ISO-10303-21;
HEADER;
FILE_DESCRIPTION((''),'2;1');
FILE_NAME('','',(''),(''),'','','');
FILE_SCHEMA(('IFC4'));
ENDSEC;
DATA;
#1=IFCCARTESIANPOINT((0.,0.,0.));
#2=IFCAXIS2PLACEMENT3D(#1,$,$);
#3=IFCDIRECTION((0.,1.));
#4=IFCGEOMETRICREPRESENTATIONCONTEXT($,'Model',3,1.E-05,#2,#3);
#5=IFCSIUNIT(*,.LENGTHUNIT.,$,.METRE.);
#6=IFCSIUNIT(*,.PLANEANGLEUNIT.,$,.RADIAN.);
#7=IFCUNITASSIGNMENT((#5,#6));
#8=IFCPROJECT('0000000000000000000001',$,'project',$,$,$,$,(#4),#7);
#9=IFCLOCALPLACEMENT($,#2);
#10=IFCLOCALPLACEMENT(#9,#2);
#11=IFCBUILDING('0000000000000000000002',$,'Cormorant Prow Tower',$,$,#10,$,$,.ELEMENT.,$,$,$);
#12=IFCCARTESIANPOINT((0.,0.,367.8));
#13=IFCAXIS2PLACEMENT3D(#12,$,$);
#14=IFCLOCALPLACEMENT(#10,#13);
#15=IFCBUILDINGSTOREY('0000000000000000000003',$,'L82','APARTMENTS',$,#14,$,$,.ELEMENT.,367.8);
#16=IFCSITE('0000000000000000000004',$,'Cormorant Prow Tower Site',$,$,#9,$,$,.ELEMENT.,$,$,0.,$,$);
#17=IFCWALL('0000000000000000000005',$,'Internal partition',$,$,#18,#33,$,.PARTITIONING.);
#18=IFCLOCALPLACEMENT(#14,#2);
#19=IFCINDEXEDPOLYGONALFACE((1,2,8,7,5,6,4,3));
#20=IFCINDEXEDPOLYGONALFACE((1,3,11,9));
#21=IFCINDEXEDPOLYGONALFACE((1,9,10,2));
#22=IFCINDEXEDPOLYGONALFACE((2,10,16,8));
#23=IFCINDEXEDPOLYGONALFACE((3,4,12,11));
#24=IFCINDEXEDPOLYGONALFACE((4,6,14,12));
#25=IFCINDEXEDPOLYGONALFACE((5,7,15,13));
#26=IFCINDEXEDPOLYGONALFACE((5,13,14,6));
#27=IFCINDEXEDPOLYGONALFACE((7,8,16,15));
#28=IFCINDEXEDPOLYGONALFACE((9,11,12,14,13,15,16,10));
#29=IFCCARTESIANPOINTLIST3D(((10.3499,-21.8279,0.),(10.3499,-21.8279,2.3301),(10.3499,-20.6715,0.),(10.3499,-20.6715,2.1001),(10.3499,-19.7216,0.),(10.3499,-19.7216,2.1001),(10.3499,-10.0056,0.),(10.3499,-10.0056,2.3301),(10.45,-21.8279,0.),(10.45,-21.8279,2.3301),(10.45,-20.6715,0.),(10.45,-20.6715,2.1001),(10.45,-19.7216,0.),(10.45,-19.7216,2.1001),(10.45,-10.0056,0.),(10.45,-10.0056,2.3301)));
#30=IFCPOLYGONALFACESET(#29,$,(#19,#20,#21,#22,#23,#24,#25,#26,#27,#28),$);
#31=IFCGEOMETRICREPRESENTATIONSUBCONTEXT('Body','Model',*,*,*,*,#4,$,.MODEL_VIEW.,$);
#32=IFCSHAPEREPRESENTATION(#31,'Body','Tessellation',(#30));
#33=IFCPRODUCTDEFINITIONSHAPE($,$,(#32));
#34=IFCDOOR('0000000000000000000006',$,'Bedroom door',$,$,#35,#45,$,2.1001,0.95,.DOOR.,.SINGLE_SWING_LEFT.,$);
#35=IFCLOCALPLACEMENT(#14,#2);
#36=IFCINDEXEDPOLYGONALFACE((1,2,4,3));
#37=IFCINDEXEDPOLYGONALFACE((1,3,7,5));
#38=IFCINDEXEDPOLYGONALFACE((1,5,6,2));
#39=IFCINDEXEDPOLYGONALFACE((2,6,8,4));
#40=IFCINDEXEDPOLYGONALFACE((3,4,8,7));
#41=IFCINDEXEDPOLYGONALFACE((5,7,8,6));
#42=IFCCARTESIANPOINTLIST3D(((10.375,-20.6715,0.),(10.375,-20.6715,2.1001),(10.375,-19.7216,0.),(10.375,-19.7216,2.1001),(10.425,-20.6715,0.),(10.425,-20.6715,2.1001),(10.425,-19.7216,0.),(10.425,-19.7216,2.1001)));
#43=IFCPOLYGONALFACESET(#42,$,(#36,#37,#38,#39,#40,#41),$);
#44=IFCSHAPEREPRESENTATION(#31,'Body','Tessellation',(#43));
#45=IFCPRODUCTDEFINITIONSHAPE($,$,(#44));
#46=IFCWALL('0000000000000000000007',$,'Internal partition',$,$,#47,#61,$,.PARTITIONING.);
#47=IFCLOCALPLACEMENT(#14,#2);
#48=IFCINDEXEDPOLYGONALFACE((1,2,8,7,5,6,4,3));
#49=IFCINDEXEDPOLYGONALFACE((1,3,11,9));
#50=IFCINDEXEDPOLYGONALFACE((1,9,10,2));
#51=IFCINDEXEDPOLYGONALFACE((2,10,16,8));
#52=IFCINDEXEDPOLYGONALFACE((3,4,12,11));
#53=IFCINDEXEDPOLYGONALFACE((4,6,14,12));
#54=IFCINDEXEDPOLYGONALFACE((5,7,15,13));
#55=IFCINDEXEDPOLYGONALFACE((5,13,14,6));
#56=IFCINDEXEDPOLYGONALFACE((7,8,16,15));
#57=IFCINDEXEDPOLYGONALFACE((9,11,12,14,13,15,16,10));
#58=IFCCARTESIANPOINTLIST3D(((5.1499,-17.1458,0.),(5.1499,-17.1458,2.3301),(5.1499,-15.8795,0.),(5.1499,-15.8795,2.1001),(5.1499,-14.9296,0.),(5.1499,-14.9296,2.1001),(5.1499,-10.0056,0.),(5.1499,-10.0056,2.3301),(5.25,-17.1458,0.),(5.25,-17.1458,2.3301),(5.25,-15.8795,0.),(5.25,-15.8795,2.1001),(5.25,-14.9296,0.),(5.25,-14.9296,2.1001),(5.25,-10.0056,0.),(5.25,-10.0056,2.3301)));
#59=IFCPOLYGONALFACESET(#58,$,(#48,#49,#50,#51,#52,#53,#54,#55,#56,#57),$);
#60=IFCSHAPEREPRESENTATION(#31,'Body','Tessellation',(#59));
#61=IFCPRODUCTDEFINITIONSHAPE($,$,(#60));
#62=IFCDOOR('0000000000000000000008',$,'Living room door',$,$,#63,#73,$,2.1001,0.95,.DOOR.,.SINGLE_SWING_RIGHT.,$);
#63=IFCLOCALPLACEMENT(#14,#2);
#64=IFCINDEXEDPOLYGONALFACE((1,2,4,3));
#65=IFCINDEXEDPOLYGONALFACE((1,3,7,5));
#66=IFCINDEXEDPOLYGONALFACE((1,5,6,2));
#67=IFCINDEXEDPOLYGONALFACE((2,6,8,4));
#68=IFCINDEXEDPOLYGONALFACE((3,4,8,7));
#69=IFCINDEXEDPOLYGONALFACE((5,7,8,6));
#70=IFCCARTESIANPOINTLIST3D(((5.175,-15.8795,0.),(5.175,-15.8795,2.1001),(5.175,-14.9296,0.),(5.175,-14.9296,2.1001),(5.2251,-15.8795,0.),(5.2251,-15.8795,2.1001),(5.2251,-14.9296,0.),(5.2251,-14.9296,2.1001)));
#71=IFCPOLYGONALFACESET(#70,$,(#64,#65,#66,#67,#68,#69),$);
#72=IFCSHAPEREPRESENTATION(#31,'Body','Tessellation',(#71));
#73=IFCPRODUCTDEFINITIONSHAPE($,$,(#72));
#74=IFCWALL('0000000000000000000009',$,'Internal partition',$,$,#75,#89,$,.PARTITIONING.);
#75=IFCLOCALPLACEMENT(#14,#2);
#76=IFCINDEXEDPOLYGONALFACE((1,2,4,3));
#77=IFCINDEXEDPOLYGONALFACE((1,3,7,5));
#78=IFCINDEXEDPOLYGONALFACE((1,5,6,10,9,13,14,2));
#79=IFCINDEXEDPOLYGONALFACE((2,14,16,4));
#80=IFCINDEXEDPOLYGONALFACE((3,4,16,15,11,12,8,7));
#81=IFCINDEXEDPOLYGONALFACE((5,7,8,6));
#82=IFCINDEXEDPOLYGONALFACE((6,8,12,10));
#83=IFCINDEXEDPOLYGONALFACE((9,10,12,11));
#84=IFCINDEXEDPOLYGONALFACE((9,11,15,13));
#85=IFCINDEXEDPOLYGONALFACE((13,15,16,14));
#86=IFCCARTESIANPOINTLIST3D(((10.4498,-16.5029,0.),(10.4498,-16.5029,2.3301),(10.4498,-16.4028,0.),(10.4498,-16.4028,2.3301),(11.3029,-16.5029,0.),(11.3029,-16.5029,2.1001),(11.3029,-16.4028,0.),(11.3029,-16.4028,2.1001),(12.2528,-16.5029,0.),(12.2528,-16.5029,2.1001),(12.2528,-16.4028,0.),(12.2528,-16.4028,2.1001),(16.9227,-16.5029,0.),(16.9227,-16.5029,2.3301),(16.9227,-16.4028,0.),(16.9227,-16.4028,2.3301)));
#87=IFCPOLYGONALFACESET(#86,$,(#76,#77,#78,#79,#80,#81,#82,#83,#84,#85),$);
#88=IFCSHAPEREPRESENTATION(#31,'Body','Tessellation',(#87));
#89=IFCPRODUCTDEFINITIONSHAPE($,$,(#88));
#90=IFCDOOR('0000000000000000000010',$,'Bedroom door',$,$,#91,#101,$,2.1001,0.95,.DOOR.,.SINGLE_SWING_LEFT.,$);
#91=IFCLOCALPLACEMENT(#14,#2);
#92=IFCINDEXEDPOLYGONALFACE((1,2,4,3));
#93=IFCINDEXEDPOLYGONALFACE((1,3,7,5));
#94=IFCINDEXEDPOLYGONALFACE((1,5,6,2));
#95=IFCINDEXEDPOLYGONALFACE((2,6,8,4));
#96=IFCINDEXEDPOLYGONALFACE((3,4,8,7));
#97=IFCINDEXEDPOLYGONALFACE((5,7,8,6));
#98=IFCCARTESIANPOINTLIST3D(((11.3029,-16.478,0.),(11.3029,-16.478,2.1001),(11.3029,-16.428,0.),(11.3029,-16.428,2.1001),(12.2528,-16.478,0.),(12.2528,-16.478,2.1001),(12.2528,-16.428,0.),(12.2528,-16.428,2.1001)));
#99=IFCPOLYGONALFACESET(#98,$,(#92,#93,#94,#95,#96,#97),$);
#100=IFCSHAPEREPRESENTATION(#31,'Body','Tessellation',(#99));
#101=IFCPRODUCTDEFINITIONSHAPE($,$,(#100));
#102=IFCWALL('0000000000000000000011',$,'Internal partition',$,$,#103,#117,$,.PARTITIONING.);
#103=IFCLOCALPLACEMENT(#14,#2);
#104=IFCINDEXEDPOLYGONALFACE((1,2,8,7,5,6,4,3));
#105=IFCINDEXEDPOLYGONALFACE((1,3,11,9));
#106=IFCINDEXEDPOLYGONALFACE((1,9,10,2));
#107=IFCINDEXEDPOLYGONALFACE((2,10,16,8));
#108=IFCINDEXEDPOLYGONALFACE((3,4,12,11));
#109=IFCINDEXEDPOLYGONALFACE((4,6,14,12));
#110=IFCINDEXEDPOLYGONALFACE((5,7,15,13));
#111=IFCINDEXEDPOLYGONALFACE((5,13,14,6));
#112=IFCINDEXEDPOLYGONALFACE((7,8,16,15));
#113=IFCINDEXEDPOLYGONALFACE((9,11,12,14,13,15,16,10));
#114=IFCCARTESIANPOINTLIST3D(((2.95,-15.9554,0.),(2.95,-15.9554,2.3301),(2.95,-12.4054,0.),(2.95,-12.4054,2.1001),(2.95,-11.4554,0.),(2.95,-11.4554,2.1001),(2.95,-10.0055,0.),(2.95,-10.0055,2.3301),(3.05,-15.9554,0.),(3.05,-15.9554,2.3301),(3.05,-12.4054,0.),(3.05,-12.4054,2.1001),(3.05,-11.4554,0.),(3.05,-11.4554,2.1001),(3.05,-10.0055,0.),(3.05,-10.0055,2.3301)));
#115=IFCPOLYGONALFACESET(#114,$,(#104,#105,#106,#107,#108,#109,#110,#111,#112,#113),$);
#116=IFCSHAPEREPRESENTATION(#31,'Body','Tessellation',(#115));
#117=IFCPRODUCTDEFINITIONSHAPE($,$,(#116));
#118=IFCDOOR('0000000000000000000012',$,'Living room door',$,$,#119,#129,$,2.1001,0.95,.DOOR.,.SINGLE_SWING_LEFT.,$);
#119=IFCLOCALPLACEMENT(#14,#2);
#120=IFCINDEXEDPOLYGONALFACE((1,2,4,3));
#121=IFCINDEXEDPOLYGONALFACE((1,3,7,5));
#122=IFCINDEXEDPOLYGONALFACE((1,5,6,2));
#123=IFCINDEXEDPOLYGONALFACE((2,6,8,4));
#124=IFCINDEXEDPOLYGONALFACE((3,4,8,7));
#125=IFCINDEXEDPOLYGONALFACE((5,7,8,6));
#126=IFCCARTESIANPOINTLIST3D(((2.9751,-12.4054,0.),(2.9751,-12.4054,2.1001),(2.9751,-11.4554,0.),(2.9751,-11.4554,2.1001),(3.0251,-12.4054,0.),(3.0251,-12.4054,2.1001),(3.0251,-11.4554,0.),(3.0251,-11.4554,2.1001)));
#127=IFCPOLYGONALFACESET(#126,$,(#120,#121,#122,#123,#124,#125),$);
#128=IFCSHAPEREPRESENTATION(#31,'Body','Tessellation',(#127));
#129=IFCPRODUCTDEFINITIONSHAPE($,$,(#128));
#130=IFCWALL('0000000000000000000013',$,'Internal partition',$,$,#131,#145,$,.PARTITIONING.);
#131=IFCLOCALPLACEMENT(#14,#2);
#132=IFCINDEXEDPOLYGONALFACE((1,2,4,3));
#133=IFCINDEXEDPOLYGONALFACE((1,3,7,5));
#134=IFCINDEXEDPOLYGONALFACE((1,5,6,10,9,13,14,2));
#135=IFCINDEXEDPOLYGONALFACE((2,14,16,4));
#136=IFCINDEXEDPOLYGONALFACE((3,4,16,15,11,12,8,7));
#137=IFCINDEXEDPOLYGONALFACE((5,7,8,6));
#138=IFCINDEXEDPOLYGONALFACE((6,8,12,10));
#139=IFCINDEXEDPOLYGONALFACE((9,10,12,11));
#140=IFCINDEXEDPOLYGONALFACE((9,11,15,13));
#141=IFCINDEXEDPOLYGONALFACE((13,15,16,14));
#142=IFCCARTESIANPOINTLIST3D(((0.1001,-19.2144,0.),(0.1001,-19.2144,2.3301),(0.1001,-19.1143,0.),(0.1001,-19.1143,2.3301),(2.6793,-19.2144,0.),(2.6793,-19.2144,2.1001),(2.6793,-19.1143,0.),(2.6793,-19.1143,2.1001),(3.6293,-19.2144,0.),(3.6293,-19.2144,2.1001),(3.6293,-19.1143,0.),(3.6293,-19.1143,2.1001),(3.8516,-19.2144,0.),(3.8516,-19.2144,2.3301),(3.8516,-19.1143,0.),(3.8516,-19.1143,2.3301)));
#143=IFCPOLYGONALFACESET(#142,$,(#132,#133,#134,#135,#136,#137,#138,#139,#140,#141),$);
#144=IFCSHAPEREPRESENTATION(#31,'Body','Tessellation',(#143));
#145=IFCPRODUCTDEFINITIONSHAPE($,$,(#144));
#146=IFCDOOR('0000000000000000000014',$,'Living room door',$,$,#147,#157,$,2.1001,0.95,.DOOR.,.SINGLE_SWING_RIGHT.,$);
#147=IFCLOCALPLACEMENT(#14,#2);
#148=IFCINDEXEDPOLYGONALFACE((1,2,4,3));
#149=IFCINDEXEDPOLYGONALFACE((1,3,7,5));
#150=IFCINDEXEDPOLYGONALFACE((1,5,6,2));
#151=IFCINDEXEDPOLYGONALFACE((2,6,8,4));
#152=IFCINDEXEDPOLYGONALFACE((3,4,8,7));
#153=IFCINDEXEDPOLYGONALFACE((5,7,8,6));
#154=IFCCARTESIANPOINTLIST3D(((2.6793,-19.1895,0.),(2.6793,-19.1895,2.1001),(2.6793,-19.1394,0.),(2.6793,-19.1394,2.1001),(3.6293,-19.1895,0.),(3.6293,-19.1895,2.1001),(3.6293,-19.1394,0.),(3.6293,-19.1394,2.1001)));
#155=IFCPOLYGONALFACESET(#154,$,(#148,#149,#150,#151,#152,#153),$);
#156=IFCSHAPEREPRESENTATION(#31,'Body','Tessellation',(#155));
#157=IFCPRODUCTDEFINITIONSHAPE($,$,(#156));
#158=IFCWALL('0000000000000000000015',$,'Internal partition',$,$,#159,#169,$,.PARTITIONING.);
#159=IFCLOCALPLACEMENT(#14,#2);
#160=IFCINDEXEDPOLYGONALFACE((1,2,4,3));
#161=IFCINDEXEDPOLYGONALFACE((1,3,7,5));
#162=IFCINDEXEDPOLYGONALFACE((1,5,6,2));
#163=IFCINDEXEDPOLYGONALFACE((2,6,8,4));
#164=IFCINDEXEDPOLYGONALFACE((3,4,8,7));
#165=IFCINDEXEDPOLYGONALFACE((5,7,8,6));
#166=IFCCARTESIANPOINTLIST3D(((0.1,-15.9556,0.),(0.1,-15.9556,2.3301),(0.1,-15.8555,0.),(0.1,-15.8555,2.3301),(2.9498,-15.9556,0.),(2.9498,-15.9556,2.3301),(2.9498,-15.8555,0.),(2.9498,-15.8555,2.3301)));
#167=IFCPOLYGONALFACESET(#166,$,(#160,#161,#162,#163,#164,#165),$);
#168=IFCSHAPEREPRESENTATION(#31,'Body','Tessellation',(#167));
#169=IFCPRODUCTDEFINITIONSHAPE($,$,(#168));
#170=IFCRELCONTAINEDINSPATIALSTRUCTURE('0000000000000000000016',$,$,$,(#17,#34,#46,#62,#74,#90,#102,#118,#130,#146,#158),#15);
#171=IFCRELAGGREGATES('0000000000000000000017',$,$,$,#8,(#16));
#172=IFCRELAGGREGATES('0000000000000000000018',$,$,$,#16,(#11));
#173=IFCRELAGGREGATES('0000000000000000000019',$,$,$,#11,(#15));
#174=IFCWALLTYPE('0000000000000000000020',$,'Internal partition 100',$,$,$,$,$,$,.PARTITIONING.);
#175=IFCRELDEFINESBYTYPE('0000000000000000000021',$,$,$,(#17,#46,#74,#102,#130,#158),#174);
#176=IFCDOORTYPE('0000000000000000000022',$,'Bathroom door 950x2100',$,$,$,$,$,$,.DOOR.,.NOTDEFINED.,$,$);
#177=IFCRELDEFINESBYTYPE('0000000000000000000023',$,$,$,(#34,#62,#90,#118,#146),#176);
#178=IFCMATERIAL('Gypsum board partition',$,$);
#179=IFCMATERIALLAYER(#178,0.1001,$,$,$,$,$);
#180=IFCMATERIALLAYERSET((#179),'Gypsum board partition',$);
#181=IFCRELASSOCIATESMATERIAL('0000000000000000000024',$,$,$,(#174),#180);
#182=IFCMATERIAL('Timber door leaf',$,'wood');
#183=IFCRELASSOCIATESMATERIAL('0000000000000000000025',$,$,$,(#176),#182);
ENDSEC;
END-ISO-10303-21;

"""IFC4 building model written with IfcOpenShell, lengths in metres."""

from ifc_helpers import new_model, si_unit, direction, frame, frame_2d, origin, place, context, subcontext, project, spatial, rectangle, extrude, material, layer, layer_set, type_object, element, fill, save


model = new_model("IFC4")

# Units and contexts
model_context = context("Model", 3, precision=1e-05, world=origin(), true_north=direction((0.0, 1.0)))
body_context = subcontext(model_context, "Body", "Model", "MODEL_VIEW")
ifc_project = project(units=[si_unit("LENGTHUNIT", "METRE"), si_unit("PLANEANGLEUNIT", "RADIAN")], contexts=[model_context])

# Site, building, storey
site_placement = place(None, origin())
site = spatial("IfcSite", under=ifc_project, at=site_placement, Name="Cormorant Prow Tower Site", CompositionType="ELEMENT", RefElevation=0.0)
building_placement = place(site_placement, origin())
building = spatial("IfcBuilding", under=site, at=building_placement, Name="Cormorant Prow Tower", CompositionType="ELEMENT")
storey_placement = place(building_placement, frame((0.0, 0.0, 367.8)))
storey = spatial("IfcBuildingStorey", under=building, at=storey_placement, Name="L82", Description="APARTMENTS", CompositionType="ELEMENT", Elevation=367.8)

# Walls, openings, doors
ifc_material_1 = material(Name="Gypsum board partition")
ifc_layer_1 = layer(ifc_material_1, 0.1001)
ifc_layer_set_1 = layer_set([ifc_layer_1], Name="Gypsum board partition")
wall_type_1 = type_object("IfcWallType", Name="Internal partition 100", PredefinedType="PARTITIONING", material=ifc_layer_set_1)
wall_1_placement = place(storey_placement, frame((10.3999, -21.8279, 0.0), z_axis=(0.0, 0.0, 1.0), x_axis=(0.0, 1.0, 0.0)))
wall_1 = element("IfcWall", 1, at=wall_1_placement, inside=storey, type_object=wall_type_1, Name="Internal partition", PredefinedType="PARTITIONING", context=body_context, shape_type="SweptSolid", body=[
    extrude(rectangle(XDim=11.8223, YDim=0.1001, at=frame_2d((5.9111, 0.0))), origin(), (0.0, 0.0, 1.0), 2.3301),
])
opening_1_placement = place(wall_1_placement, frame((1.1562, 0.0, 0.0)))
opening_1 = element("IfcOpeningElement", 2, at=opening_1_placement, cuts=wall_1, PredefinedType="OPENING", context=body_context, shape_type="SweptSolid", body=[
    extrude(rectangle(XDim=0.95, YDim=2.1001, at=frame_2d((0.4751, 1.05))), frame((0.0, 0.0601, 0.0), z_axis=(0.0, -1.0, 0.0), x_axis=(1.0, 0.0, 0.0)), (0.0, 0.0, 1.0), 0.1201),
])
ifc_material_2 = material(Name="Timber door leaf", Category="wood")
door_type_1 = type_object("IfcDoorType", Name="Bathroom door 950x2100", OperationType="NOTDEFINED", PredefinedType="DOOR", material=ifc_material_2)
door_1_placement = place(opening_1_placement, origin())
door_1 = element("IfcDoor", 3, at=door_1_placement, inside=storey, type_object=door_type_1, Name="Bedroom door", OperationType="SINGLE_SWING_LEFT", OverallHeight=2.1001, OverallWidth=0.95, PredefinedType="DOOR", context=body_context, shape_type="SweptSolid", body=[
    extrude(rectangle(XDim=0.95, YDim=2.1001, at=frame_2d((0.4751, 1.05))), frame((0.0, 0.0249, 0.0), z_axis=(0.0, -1.0, 0.0), x_axis=(1.0, 0.0, 0.0)), (0.0, 0.0, 1.0), 0.05),
])
fill(opening_1, door_1)
wall_2_placement = place(storey_placement, frame((5.2, -17.1458, 0.0), z_axis=(0.0, 0.0, 1.0), x_axis=(0.0, 1.0, 0.0)))
wall_2 = element("IfcWall", 4, at=wall_2_placement, inside=storey, type_object=wall_type_1, Name="Internal partition", PredefinedType="PARTITIONING", context=body_context, shape_type="SweptSolid", body=[
    extrude(rectangle(XDim=7.1401, YDim=0.1001, at=frame_2d((3.5701, 0.0))), origin(), (0.0, 0.0, 1.0), 2.3301),
])
opening_2_placement = place(wall_2_placement, frame((1.2661, 0.0, 0.0)))
opening_2 = element("IfcOpeningElement", 5, at=opening_2_placement, cuts=wall_2, PredefinedType="OPENING", context=body_context, shape_type="SweptSolid", body=[
    extrude(rectangle(XDim=0.95, YDim=2.1001, at=frame_2d((0.4751, 1.05))), frame((0.0, 0.0601, 0.0), z_axis=(0.0, -1.0, 0.0), x_axis=(1.0, 0.0, 0.0)), (0.0, 0.0, 1.0), 0.1201),
])
door_2_placement = place(opening_2_placement, origin())
door_2 = element("IfcDoor", 6, at=door_2_placement, inside=storey, type_object=door_type_1, Name="Living room door", OperationType="SINGLE_SWING_RIGHT", OverallHeight=2.1001, OverallWidth=0.95, PredefinedType="DOOR", context=body_context, shape_type="SweptSolid", body=[
    extrude(rectangle(XDim=0.95, YDim=2.1001, at=frame_2d((0.4751, 1.05))), frame((0.0, 0.0249, 0.0), z_axis=(0.0, -1.0, 0.0), x_axis=(1.0, 0.0, 0.0)), (0.0, 0.0, 1.0), 0.05),
])
fill(opening_2, door_2)
wall_3_placement = place(storey_placement, frame((10.45, -16.4529, 0.0), z_axis=(0.0, 0.0, 1.0), x_axis=(1.0, 0.0, 0.0)))
wall_3 = element("IfcWall", 7, at=wall_3_placement, inside=storey, type_object=wall_type_1, Name="Internal partition", PredefinedType="PARTITIONING", context=body_context, shape_type="SweptSolid", body=[
    extrude(rectangle(XDim=6.4729, YDim=0.1001, at=frame_2d((3.2363, 0.0))), origin(), (0.0, 0.0, 1.0), 2.3301),
])
opening_3_placement = place(wall_3_placement, frame((0.8528, 0.0, 0.0)))
opening_3 = element("IfcOpeningElement", 8, at=opening_3_placement, cuts=wall_3, PredefinedType="OPENING", context=body_context, shape_type="SweptSolid", body=[
    extrude(rectangle(XDim=0.95, YDim=2.1001, at=frame_2d((0.4751, 1.05))), frame((0.0, 0.0601, 0.0), z_axis=(0.0, -1.0, 0.0), x_axis=(1.0, 0.0, 0.0)), (0.0, 0.0, 1.0), 0.1201),
])
door_3_placement = place(opening_3_placement, origin())
door_3 = element("IfcDoor", 9, at=door_3_placement, inside=storey, type_object=door_type_1, Name="Bedroom door", OperationType="SINGLE_SWING_LEFT", OverallHeight=2.1001, OverallWidth=0.95, PredefinedType="DOOR", context=body_context, shape_type="SweptSolid", body=[
    extrude(rectangle(XDim=0.95, YDim=2.1001, at=frame_2d((0.4751, 1.05))), frame((0.0, 0.0249, 0.0), z_axis=(0.0, -1.0, 0.0), x_axis=(1.0, 0.0, 0.0)), (0.0, 0.0, 1.0), 0.05),
])
fill(opening_3, door_3)
wall_4_placement = place(storey_placement, frame((3.0, -15.9556, 0.0), z_axis=(0.0, 0.0, 1.0), x_axis=(0.0, 1.0, 0.0)))
wall_4 = element("IfcWall", 10, at=wall_4_placement, inside=storey, type_object=wall_type_1, Name="Internal partition", PredefinedType="PARTITIONING", context=body_context, shape_type="SweptSolid", body=[
    extrude(rectangle(XDim=5.95, YDim=0.1001, at=frame_2d((2.9751, 0.0))), origin(), (0.0, 0.0, 1.0), 2.3301),
])
opening_4_placement = place(wall_4_placement, frame((3.55, 0.0, 0.0)))
opening_4 = element("IfcOpeningElement", 11, at=opening_4_placement, cuts=wall_4, PredefinedType="OPENING", context=body_context, shape_type="SweptSolid", body=[
    extrude(rectangle(XDim=0.95, YDim=2.1001, at=frame_2d((0.4751, 1.05))), frame((0.0, 0.0601, 0.0), z_axis=(0.0, -1.0, 0.0), x_axis=(1.0, 0.0, 0.0)), (0.0, 0.0, 1.0), 0.1201),
])
door_4_placement = place(opening_4_placement, origin())
door_4 = element("IfcDoor", 12, at=door_4_placement, inside=storey, type_object=door_type_1, Name="Living room door", OperationType="SINGLE_SWING_LEFT", OverallHeight=2.1001, OverallWidth=0.95, PredefinedType="DOOR", context=body_context, shape_type="SweptSolid", body=[
    extrude(rectangle(XDim=0.95, YDim=2.1001, at=frame_2d((0.4751, 1.05))), frame((0.0, 0.0249, 0.0), z_axis=(0.0, -1.0, 0.0), x_axis=(1.0, 0.0, 0.0)), (0.0, 0.0, 1.0), 0.05),
])
fill(opening_4, door_4)
wall_5_placement = place(storey_placement, frame((0.1001, -19.1643, 0.0), z_axis=(0.0, 0.0, 1.0), x_axis=(1.0, 0.0, 0.0)))
wall_5 = element("IfcWall", 13, at=wall_5_placement, inside=storey, type_object=wall_type_1, Name="Internal partition", PredefinedType="PARTITIONING", context=body_context, shape_type="SweptSolid", body=[
    extrude(rectangle(XDim=3.7515, YDim=0.1001, at=frame_2d((1.8757, 0.0))), origin(), (0.0, 0.0, 1.0), 2.3301),
])
opening_5_placement = place(wall_5_placement, frame((2.5791, 0.0, 0.0)))
opening_5 = element("IfcOpeningElement", 14, at=opening_5_placement, cuts=wall_5, PredefinedType="OPENING", context=body_context, shape_type="SweptSolid", body=[
    extrude(rectangle(XDim=0.95, YDim=2.1001, at=frame_2d((0.4751, 1.05))), frame((0.0, 0.0601, 0.0), z_axis=(0.0, -1.0, 0.0), x_axis=(1.0, 0.0, 0.0)), (0.0, 0.0, 1.0), 0.1201),
])
door_5_placement = place(opening_5_placement, origin())
door_5 = element("IfcDoor", 15, at=door_5_placement, inside=storey, type_object=door_type_1, Name="Living room door", OperationType="SINGLE_SWING_RIGHT", OverallHeight=2.1001, OverallWidth=0.95, PredefinedType="DOOR", context=body_context, shape_type="SweptSolid", body=[
    extrude(rectangle(XDim=0.95, YDim=2.1001, at=frame_2d((0.4751, 1.05))), frame((0.0, 0.0249, 0.0), z_axis=(0.0, -1.0, 0.0), x_axis=(1.0, 0.0, 0.0)), (0.0, 0.0, 1.0), 0.05),
])
fill(opening_5, door_5)

# Wall
wall_6_placement = place(storey_placement, frame((0.1001, -15.9055, 0.0), z_axis=(0.0, 0.0, 1.0), x_axis=(1.0, 0.0, 0.0)))
element("IfcWall", 16, at=wall_6_placement, inside=storey, type_object=wall_type_1, Name="Internal partition", PredefinedType="PARTITIONING", context=body_context, shape_type="SweptSolid", body=[
    extrude(rectangle(XDim=2.8499, YDim=0.1001, at=frame_2d((1.4248, 0.0))), origin(), (0.0, 0.0, 1.0), 2.3301),
])

save(model, "model.ifc")
